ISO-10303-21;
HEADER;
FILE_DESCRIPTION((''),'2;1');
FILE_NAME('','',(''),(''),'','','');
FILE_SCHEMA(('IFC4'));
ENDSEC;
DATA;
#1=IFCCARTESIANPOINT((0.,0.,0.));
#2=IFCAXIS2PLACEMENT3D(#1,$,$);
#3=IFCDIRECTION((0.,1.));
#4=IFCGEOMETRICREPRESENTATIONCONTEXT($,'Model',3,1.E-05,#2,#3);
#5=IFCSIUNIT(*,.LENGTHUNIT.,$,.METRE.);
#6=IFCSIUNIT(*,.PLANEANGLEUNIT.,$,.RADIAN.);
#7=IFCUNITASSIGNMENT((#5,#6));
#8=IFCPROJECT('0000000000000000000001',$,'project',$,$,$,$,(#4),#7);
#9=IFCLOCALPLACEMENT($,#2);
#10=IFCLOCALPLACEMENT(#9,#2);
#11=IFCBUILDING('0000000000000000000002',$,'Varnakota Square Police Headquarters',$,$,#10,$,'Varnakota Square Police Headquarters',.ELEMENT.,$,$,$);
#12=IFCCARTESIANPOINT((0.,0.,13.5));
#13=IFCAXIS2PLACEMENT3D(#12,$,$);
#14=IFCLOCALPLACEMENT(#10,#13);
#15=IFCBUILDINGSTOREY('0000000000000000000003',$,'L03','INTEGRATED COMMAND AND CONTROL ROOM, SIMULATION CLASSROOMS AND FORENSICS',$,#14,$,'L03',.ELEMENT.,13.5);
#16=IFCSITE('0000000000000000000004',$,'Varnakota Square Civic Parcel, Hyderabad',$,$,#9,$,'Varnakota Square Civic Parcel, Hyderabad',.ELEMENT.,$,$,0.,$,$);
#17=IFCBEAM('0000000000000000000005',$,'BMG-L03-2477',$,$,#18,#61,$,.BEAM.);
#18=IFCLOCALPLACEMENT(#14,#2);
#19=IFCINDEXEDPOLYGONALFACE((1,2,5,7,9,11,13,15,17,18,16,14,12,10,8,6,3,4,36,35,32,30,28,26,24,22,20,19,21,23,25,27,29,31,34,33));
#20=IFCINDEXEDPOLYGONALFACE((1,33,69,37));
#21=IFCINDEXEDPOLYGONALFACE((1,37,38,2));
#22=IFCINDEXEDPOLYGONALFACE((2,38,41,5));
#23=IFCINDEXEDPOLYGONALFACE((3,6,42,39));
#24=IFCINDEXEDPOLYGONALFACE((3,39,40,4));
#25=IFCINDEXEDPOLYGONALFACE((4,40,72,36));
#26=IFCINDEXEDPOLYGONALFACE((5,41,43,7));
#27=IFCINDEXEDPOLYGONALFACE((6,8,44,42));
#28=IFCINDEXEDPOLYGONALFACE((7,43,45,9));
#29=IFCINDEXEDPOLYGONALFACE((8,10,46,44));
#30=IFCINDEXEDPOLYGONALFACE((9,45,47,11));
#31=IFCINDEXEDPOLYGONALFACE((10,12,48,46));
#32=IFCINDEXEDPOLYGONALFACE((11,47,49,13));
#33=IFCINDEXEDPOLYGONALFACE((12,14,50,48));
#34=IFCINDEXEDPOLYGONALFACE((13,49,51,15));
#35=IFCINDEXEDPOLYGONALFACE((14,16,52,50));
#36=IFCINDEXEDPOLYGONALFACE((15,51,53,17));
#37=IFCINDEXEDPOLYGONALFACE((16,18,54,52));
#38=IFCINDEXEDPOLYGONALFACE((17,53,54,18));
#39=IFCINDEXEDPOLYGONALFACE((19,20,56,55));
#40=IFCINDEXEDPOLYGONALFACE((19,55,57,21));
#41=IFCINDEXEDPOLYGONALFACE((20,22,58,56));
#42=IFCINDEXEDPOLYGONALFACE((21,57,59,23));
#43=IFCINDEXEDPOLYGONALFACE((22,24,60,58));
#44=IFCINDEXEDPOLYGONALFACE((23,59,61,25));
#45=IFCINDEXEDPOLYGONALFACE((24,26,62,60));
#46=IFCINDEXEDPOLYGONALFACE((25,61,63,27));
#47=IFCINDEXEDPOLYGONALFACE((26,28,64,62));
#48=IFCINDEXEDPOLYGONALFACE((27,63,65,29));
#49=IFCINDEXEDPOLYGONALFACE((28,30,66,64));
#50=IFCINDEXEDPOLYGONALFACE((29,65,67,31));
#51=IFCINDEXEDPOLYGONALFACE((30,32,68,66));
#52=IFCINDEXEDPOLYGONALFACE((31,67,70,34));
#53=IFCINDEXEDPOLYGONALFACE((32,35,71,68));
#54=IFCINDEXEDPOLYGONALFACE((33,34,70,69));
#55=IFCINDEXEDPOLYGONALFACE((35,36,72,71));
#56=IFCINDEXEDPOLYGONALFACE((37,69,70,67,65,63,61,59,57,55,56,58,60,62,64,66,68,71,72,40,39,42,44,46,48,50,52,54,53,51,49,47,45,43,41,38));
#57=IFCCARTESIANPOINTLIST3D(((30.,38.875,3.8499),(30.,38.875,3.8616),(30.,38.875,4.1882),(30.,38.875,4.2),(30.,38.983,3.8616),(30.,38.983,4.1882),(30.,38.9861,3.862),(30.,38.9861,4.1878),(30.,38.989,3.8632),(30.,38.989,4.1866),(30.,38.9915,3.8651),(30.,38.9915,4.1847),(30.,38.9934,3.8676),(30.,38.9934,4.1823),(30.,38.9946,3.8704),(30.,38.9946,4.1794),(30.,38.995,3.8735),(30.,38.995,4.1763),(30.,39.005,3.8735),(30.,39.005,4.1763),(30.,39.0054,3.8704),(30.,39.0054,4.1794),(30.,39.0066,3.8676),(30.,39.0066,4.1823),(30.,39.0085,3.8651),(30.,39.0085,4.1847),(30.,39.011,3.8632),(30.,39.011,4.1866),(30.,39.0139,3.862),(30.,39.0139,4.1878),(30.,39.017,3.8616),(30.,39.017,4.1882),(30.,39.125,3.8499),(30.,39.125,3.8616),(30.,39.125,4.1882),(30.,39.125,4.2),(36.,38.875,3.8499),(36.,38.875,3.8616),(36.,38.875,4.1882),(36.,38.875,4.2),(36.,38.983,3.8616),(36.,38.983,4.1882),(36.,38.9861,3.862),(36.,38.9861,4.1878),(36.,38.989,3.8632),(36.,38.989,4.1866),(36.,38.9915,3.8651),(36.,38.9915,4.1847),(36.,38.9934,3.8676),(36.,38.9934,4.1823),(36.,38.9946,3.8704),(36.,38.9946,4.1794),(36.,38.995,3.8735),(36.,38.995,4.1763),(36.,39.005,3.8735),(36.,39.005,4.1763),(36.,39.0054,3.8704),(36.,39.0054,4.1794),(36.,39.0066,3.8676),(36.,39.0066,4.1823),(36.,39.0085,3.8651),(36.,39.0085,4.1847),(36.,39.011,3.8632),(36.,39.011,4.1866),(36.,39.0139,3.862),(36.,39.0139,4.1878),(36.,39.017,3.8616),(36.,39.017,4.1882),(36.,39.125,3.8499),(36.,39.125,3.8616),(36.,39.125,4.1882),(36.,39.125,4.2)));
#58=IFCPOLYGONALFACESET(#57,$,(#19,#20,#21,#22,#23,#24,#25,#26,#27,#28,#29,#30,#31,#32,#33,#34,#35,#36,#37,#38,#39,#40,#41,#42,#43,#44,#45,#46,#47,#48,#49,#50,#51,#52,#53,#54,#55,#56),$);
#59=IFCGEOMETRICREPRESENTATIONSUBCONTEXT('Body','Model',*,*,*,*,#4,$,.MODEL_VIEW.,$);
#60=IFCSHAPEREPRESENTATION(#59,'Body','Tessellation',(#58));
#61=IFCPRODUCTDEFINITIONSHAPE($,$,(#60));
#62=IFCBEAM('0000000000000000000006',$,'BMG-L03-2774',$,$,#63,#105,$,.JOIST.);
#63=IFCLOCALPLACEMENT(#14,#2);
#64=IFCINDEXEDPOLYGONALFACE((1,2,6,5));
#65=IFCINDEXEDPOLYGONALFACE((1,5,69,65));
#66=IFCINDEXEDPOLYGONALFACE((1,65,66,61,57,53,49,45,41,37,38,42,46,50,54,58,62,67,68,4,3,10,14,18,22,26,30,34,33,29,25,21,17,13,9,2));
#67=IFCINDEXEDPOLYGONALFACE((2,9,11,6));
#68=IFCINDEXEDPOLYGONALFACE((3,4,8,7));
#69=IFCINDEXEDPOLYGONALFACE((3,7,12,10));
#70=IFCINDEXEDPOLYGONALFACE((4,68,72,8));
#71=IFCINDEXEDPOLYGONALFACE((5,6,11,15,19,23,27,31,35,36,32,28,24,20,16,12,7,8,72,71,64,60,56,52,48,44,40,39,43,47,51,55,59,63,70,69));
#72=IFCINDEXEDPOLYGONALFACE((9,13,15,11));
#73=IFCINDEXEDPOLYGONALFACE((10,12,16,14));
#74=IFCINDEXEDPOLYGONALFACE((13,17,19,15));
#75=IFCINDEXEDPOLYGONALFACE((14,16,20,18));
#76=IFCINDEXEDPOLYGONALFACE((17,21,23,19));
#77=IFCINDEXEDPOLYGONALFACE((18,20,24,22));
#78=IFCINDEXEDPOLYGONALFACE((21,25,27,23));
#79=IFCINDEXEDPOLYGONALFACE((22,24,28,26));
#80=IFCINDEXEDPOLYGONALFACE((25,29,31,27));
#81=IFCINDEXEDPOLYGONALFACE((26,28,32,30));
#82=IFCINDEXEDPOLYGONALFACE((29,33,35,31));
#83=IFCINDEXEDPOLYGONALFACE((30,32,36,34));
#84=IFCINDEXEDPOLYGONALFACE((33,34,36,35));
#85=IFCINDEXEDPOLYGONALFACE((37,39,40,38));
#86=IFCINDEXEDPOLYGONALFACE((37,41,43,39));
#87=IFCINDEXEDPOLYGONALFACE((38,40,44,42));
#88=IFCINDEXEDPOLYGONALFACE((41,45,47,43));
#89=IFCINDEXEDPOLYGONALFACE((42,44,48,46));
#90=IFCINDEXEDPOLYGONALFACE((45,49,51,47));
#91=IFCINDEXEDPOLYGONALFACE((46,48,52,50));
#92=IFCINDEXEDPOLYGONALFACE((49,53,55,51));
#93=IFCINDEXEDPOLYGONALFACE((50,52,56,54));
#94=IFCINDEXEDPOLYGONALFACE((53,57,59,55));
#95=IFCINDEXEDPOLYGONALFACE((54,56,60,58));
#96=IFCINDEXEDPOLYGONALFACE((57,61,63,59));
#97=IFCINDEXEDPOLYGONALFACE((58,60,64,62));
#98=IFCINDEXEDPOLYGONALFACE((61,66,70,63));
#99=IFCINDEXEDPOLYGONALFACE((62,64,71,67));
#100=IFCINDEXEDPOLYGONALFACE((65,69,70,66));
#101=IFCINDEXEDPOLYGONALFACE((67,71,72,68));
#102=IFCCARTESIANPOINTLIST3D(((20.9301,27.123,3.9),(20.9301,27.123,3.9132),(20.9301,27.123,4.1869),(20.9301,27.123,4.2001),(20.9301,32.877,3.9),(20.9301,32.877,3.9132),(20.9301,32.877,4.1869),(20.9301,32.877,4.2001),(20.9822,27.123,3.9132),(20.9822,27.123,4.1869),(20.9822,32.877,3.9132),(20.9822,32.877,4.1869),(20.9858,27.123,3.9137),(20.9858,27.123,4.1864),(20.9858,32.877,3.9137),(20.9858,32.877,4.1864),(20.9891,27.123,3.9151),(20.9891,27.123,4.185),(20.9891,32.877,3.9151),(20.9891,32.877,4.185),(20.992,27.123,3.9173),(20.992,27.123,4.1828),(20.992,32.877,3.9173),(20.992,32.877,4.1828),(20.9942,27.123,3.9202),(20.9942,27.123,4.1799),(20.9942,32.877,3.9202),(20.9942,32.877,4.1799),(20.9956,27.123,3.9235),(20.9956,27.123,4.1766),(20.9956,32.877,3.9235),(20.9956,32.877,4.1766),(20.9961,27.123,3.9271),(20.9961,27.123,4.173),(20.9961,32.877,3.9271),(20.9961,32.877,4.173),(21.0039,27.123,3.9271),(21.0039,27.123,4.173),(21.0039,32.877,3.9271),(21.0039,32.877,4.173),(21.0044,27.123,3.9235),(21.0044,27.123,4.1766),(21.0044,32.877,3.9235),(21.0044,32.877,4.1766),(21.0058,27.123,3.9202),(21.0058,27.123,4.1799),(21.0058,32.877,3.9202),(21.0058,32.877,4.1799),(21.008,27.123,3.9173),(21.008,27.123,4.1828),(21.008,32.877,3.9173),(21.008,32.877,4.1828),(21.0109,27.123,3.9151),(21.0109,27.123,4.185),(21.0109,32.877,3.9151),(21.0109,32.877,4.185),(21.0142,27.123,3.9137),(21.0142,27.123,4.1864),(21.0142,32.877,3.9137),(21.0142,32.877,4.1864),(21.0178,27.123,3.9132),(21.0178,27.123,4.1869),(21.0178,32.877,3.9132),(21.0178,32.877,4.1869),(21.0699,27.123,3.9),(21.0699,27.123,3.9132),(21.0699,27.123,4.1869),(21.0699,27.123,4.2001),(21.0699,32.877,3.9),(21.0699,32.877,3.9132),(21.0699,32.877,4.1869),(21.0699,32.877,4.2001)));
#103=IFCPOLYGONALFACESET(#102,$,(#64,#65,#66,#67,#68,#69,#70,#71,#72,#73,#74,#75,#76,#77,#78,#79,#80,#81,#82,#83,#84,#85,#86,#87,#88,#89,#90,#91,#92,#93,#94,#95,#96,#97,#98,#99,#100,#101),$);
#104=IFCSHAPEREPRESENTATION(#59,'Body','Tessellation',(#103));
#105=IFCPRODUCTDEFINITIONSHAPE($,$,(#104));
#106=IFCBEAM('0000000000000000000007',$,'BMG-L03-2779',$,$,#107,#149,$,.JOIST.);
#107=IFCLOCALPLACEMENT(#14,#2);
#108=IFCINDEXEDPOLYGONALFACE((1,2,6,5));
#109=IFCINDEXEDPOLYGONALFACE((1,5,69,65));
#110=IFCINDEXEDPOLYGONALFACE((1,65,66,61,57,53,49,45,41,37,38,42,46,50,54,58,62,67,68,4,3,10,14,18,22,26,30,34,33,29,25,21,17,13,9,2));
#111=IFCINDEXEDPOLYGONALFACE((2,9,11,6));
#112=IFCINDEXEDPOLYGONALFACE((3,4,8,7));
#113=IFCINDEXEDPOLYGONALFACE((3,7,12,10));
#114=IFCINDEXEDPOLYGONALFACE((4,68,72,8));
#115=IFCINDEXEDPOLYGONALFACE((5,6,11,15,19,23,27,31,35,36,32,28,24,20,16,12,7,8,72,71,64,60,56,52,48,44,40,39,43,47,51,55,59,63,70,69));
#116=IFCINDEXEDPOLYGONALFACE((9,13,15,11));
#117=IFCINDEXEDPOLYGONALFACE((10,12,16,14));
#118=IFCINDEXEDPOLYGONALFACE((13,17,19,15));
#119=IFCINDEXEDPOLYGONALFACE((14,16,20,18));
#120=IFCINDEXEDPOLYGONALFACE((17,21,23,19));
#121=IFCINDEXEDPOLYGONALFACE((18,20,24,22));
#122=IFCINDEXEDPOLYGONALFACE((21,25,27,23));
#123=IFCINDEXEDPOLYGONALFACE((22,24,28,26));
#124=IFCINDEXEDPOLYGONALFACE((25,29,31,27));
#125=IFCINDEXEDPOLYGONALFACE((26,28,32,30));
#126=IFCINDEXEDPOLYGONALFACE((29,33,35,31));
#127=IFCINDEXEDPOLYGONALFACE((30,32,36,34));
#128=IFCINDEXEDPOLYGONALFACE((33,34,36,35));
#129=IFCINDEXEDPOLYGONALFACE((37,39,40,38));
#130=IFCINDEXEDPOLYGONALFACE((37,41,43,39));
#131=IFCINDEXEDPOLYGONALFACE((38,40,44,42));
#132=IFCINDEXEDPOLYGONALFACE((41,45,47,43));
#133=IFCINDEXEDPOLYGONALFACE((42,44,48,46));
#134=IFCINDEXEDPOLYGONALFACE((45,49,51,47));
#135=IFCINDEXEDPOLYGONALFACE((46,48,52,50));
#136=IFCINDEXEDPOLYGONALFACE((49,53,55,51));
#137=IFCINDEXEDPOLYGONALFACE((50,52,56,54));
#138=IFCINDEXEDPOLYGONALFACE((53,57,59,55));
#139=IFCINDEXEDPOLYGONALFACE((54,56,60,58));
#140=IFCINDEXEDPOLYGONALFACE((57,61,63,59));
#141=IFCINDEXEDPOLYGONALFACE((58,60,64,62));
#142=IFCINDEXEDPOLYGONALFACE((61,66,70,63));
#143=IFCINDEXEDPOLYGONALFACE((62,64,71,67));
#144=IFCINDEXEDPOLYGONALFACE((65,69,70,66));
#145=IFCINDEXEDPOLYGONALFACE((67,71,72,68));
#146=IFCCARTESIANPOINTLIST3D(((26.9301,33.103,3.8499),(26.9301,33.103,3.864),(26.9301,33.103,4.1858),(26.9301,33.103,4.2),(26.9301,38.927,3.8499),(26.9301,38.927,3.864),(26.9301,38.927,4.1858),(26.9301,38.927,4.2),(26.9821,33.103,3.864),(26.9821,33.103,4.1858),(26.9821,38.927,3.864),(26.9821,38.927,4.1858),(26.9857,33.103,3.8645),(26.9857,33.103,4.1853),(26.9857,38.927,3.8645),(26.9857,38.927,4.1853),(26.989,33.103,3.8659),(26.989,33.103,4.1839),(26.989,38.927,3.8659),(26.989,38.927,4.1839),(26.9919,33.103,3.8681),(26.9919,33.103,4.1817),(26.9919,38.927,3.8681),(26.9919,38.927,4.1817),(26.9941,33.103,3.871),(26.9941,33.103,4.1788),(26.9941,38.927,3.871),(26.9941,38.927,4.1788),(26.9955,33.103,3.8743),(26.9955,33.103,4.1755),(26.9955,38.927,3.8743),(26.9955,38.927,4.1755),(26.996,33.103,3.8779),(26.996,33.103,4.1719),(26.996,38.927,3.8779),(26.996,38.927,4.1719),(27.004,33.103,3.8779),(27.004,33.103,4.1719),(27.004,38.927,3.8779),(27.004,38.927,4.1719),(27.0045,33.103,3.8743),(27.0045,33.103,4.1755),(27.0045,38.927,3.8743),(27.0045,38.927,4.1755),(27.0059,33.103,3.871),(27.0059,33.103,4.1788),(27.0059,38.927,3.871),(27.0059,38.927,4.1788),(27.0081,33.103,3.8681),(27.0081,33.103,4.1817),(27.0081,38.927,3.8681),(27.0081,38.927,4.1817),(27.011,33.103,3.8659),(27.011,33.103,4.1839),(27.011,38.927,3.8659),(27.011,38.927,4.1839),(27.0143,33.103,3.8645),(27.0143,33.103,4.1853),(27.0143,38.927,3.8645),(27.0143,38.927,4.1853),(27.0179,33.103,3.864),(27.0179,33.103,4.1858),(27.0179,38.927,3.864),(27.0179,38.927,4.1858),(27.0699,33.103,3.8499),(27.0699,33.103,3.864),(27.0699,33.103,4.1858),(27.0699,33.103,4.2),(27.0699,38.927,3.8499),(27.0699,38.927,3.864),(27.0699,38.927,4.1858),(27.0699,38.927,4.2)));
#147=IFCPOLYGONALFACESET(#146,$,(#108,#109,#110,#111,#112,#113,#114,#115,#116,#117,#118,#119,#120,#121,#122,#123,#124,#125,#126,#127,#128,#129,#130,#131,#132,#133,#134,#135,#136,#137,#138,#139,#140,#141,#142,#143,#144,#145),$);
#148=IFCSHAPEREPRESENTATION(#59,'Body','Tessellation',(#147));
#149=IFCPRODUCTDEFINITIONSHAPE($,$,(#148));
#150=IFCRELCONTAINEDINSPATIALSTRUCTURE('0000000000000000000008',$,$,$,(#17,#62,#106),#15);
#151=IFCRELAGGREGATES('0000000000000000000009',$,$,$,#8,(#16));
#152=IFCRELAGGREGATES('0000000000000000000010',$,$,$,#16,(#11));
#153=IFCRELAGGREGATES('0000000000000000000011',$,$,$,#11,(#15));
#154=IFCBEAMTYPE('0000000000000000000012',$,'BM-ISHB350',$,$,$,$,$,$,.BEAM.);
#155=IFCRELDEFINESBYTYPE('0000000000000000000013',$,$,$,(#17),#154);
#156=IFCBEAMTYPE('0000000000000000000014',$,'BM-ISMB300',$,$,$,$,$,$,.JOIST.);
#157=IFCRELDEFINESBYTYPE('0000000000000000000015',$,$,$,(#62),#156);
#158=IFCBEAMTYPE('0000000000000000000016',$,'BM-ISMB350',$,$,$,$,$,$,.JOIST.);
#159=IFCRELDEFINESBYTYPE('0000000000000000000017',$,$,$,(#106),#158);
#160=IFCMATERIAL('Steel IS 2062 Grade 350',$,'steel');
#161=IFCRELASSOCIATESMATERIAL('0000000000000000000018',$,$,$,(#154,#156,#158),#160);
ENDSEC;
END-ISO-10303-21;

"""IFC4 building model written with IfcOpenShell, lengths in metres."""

from ifc_helpers import new_model, si_unit, direction, frame, origin, origin_2d, place, context, subcontext, project, spatial, i_section, extrude, material, material_profile, profile_set, type_object, element, save


model = new_model("IFC4")

# Units and contexts
model_context = context("Model", 3, precision=1e-05, world=origin(), true_north=direction((0.0, 1.0)))
body_context = subcontext(model_context, "Body", "Model", "MODEL_VIEW")
ifc_project = project(units=[si_unit("LENGTHUNIT", "METRE"), si_unit("PLANEANGLEUNIT", "RADIAN")], contexts=[model_context])

# Site, building, storey
site_placement = place(None, origin())
site = spatial("IfcSite", under=ifc_project, at=site_placement, Name="Varnakota Square Civic Parcel, Hyderabad", LongName="Varnakota Square Civic Parcel, Hyderabad", CompositionType="ELEMENT", RefElevation=0.0)
building_placement = place(site_placement, origin())
building = spatial("IfcBuilding", under=site, at=building_placement, Name="Varnakota Square Police Headquarters", LongName="Varnakota Square Police Headquarters", CompositionType="ELEMENT")
storey_placement = place(building_placement, frame((0.0, 0.0, 13.5)))
storey = spatial("IfcBuildingStorey", under=building, at=storey_placement, Name="L03", Description="INTEGRATED COMMAND AND CONTROL ROOM, SIMULATION CLASSROOMS AND FORENSICS", LongName="L03", CompositionType="ELEMENT", Elevation=13.5)

# Shared definitions
ifc_material_1 = material(Name="Steel IS 2062 Grade 350", Category="steel")

# Beams
ifc_material_profile_1 = material_profile(ifc_material_1, i_section(OverallWidth=0.25, OverallDepth=0.3501, WebThickness=0.01, FlangeThickness=0.0117, FilletRadius=0.012, at=origin_2d()), Name="ISHB 350")
ifc_profile_set_1 = profile_set([ifc_material_profile_1], Name="Steel IS 2062 Grade 350")
beam_type_1 = type_object("IfcBeamType", Name="BM-ISHB350", PredefinedType="BEAM", material=ifc_profile_set_1)
beam_1_placement = place(storey_placement, frame((30.0, 39.0, 4.0249), z_axis=(1.0, 0.0, 0.0), x_axis=(0.0, 1.0, 0.0)))
element("IfcBeam", 1, at=beam_1_placement, inside=storey, type_object=beam_type_1, Name="BMG-L03-2477", PredefinedType="BEAM", context=body_context, shape_type="SweptSolid", body=[
    extrude(i_section(OverallWidth=0.25, OverallDepth=0.3501, WebThickness=0.01, FlangeThickness=0.0117, FilletRadius=0.012, at=origin_2d()), origin(), (0.0, 0.0, 1.0), 6.0),
])
ifc_material_profile_2 = material_profile(ifc_material_1, i_section(OverallWidth=0.1399, OverallDepth=0.3, WebThickness=0.0078, FlangeThickness=0.0132, FilletRadius=0.0139, at=origin_2d()), Name="ISMB 300")
ifc_profile_set_2 = profile_set([ifc_material_profile_2], Name="Steel IS 2062 Grade 350")
beam_type_2 = type_object("IfcBeamType", Name="BM-ISMB300", PredefinedType="JOIST", material=ifc_profile_set_2)
beam_2_placement = place(storey_placement, frame((21.0, 27.123, 4.05), z_axis=(0.0, 1.0, 0.0), x_axis=(-1.0, 0.0, 0.0)))
element("IfcBeam", 2, at=beam_2_placement, inside=storey, type_object=beam_type_2, Name="BMG-L03-2774", PredefinedType="JOIST", context=body_context, shape_type="SweptSolid", body=[
    extrude(i_section(OverallWidth=0.1399, OverallDepth=0.3, WebThickness=0.0078, FlangeThickness=0.0132, FilletRadius=0.0139, at=origin_2d()), origin(), (0.0, 0.0, 1.0), 5.7539),
])
ifc_material_profile_3 = material_profile(ifc_material_1, i_section(OverallWidth=0.1399, OverallDepth=0.3501, WebThickness=0.0081, FlangeThickness=0.0142, FilletRadius=0.0139, at=origin_2d()), Name="ISMB 350")
ifc_profile_set_3 = profile_set([ifc_material_profile_3], Name="Steel IS 2062 Grade 350")
beam_type_3 = type_object("IfcBeamType", Name="BM-ISMB350", PredefinedType="JOIST", material=ifc_profile_set_3)
beam_3_placement = place(storey_placement, frame((27.0, 33.103, 4.0249), z_axis=(0.0, 1.0, 0.0), x_axis=(-1.0, 0.0, 0.0)))
element("IfcBeam", 3, at=beam_3_placement, inside=storey, type_object=beam_type_3, Name="BMG-L03-2779", PredefinedType="JOIST", context=body_context, shape_type="SweptSolid", body=[
    extrude(i_section(OverallWidth=0.1399, OverallDepth=0.3501, WebThickness=0.0081, FlangeThickness=0.0142, FilletRadius=0.0139, at=origin_2d()), origin(), (0.0, 0.0, 1.0), 5.824),
])

save(model, "model.ifc")
